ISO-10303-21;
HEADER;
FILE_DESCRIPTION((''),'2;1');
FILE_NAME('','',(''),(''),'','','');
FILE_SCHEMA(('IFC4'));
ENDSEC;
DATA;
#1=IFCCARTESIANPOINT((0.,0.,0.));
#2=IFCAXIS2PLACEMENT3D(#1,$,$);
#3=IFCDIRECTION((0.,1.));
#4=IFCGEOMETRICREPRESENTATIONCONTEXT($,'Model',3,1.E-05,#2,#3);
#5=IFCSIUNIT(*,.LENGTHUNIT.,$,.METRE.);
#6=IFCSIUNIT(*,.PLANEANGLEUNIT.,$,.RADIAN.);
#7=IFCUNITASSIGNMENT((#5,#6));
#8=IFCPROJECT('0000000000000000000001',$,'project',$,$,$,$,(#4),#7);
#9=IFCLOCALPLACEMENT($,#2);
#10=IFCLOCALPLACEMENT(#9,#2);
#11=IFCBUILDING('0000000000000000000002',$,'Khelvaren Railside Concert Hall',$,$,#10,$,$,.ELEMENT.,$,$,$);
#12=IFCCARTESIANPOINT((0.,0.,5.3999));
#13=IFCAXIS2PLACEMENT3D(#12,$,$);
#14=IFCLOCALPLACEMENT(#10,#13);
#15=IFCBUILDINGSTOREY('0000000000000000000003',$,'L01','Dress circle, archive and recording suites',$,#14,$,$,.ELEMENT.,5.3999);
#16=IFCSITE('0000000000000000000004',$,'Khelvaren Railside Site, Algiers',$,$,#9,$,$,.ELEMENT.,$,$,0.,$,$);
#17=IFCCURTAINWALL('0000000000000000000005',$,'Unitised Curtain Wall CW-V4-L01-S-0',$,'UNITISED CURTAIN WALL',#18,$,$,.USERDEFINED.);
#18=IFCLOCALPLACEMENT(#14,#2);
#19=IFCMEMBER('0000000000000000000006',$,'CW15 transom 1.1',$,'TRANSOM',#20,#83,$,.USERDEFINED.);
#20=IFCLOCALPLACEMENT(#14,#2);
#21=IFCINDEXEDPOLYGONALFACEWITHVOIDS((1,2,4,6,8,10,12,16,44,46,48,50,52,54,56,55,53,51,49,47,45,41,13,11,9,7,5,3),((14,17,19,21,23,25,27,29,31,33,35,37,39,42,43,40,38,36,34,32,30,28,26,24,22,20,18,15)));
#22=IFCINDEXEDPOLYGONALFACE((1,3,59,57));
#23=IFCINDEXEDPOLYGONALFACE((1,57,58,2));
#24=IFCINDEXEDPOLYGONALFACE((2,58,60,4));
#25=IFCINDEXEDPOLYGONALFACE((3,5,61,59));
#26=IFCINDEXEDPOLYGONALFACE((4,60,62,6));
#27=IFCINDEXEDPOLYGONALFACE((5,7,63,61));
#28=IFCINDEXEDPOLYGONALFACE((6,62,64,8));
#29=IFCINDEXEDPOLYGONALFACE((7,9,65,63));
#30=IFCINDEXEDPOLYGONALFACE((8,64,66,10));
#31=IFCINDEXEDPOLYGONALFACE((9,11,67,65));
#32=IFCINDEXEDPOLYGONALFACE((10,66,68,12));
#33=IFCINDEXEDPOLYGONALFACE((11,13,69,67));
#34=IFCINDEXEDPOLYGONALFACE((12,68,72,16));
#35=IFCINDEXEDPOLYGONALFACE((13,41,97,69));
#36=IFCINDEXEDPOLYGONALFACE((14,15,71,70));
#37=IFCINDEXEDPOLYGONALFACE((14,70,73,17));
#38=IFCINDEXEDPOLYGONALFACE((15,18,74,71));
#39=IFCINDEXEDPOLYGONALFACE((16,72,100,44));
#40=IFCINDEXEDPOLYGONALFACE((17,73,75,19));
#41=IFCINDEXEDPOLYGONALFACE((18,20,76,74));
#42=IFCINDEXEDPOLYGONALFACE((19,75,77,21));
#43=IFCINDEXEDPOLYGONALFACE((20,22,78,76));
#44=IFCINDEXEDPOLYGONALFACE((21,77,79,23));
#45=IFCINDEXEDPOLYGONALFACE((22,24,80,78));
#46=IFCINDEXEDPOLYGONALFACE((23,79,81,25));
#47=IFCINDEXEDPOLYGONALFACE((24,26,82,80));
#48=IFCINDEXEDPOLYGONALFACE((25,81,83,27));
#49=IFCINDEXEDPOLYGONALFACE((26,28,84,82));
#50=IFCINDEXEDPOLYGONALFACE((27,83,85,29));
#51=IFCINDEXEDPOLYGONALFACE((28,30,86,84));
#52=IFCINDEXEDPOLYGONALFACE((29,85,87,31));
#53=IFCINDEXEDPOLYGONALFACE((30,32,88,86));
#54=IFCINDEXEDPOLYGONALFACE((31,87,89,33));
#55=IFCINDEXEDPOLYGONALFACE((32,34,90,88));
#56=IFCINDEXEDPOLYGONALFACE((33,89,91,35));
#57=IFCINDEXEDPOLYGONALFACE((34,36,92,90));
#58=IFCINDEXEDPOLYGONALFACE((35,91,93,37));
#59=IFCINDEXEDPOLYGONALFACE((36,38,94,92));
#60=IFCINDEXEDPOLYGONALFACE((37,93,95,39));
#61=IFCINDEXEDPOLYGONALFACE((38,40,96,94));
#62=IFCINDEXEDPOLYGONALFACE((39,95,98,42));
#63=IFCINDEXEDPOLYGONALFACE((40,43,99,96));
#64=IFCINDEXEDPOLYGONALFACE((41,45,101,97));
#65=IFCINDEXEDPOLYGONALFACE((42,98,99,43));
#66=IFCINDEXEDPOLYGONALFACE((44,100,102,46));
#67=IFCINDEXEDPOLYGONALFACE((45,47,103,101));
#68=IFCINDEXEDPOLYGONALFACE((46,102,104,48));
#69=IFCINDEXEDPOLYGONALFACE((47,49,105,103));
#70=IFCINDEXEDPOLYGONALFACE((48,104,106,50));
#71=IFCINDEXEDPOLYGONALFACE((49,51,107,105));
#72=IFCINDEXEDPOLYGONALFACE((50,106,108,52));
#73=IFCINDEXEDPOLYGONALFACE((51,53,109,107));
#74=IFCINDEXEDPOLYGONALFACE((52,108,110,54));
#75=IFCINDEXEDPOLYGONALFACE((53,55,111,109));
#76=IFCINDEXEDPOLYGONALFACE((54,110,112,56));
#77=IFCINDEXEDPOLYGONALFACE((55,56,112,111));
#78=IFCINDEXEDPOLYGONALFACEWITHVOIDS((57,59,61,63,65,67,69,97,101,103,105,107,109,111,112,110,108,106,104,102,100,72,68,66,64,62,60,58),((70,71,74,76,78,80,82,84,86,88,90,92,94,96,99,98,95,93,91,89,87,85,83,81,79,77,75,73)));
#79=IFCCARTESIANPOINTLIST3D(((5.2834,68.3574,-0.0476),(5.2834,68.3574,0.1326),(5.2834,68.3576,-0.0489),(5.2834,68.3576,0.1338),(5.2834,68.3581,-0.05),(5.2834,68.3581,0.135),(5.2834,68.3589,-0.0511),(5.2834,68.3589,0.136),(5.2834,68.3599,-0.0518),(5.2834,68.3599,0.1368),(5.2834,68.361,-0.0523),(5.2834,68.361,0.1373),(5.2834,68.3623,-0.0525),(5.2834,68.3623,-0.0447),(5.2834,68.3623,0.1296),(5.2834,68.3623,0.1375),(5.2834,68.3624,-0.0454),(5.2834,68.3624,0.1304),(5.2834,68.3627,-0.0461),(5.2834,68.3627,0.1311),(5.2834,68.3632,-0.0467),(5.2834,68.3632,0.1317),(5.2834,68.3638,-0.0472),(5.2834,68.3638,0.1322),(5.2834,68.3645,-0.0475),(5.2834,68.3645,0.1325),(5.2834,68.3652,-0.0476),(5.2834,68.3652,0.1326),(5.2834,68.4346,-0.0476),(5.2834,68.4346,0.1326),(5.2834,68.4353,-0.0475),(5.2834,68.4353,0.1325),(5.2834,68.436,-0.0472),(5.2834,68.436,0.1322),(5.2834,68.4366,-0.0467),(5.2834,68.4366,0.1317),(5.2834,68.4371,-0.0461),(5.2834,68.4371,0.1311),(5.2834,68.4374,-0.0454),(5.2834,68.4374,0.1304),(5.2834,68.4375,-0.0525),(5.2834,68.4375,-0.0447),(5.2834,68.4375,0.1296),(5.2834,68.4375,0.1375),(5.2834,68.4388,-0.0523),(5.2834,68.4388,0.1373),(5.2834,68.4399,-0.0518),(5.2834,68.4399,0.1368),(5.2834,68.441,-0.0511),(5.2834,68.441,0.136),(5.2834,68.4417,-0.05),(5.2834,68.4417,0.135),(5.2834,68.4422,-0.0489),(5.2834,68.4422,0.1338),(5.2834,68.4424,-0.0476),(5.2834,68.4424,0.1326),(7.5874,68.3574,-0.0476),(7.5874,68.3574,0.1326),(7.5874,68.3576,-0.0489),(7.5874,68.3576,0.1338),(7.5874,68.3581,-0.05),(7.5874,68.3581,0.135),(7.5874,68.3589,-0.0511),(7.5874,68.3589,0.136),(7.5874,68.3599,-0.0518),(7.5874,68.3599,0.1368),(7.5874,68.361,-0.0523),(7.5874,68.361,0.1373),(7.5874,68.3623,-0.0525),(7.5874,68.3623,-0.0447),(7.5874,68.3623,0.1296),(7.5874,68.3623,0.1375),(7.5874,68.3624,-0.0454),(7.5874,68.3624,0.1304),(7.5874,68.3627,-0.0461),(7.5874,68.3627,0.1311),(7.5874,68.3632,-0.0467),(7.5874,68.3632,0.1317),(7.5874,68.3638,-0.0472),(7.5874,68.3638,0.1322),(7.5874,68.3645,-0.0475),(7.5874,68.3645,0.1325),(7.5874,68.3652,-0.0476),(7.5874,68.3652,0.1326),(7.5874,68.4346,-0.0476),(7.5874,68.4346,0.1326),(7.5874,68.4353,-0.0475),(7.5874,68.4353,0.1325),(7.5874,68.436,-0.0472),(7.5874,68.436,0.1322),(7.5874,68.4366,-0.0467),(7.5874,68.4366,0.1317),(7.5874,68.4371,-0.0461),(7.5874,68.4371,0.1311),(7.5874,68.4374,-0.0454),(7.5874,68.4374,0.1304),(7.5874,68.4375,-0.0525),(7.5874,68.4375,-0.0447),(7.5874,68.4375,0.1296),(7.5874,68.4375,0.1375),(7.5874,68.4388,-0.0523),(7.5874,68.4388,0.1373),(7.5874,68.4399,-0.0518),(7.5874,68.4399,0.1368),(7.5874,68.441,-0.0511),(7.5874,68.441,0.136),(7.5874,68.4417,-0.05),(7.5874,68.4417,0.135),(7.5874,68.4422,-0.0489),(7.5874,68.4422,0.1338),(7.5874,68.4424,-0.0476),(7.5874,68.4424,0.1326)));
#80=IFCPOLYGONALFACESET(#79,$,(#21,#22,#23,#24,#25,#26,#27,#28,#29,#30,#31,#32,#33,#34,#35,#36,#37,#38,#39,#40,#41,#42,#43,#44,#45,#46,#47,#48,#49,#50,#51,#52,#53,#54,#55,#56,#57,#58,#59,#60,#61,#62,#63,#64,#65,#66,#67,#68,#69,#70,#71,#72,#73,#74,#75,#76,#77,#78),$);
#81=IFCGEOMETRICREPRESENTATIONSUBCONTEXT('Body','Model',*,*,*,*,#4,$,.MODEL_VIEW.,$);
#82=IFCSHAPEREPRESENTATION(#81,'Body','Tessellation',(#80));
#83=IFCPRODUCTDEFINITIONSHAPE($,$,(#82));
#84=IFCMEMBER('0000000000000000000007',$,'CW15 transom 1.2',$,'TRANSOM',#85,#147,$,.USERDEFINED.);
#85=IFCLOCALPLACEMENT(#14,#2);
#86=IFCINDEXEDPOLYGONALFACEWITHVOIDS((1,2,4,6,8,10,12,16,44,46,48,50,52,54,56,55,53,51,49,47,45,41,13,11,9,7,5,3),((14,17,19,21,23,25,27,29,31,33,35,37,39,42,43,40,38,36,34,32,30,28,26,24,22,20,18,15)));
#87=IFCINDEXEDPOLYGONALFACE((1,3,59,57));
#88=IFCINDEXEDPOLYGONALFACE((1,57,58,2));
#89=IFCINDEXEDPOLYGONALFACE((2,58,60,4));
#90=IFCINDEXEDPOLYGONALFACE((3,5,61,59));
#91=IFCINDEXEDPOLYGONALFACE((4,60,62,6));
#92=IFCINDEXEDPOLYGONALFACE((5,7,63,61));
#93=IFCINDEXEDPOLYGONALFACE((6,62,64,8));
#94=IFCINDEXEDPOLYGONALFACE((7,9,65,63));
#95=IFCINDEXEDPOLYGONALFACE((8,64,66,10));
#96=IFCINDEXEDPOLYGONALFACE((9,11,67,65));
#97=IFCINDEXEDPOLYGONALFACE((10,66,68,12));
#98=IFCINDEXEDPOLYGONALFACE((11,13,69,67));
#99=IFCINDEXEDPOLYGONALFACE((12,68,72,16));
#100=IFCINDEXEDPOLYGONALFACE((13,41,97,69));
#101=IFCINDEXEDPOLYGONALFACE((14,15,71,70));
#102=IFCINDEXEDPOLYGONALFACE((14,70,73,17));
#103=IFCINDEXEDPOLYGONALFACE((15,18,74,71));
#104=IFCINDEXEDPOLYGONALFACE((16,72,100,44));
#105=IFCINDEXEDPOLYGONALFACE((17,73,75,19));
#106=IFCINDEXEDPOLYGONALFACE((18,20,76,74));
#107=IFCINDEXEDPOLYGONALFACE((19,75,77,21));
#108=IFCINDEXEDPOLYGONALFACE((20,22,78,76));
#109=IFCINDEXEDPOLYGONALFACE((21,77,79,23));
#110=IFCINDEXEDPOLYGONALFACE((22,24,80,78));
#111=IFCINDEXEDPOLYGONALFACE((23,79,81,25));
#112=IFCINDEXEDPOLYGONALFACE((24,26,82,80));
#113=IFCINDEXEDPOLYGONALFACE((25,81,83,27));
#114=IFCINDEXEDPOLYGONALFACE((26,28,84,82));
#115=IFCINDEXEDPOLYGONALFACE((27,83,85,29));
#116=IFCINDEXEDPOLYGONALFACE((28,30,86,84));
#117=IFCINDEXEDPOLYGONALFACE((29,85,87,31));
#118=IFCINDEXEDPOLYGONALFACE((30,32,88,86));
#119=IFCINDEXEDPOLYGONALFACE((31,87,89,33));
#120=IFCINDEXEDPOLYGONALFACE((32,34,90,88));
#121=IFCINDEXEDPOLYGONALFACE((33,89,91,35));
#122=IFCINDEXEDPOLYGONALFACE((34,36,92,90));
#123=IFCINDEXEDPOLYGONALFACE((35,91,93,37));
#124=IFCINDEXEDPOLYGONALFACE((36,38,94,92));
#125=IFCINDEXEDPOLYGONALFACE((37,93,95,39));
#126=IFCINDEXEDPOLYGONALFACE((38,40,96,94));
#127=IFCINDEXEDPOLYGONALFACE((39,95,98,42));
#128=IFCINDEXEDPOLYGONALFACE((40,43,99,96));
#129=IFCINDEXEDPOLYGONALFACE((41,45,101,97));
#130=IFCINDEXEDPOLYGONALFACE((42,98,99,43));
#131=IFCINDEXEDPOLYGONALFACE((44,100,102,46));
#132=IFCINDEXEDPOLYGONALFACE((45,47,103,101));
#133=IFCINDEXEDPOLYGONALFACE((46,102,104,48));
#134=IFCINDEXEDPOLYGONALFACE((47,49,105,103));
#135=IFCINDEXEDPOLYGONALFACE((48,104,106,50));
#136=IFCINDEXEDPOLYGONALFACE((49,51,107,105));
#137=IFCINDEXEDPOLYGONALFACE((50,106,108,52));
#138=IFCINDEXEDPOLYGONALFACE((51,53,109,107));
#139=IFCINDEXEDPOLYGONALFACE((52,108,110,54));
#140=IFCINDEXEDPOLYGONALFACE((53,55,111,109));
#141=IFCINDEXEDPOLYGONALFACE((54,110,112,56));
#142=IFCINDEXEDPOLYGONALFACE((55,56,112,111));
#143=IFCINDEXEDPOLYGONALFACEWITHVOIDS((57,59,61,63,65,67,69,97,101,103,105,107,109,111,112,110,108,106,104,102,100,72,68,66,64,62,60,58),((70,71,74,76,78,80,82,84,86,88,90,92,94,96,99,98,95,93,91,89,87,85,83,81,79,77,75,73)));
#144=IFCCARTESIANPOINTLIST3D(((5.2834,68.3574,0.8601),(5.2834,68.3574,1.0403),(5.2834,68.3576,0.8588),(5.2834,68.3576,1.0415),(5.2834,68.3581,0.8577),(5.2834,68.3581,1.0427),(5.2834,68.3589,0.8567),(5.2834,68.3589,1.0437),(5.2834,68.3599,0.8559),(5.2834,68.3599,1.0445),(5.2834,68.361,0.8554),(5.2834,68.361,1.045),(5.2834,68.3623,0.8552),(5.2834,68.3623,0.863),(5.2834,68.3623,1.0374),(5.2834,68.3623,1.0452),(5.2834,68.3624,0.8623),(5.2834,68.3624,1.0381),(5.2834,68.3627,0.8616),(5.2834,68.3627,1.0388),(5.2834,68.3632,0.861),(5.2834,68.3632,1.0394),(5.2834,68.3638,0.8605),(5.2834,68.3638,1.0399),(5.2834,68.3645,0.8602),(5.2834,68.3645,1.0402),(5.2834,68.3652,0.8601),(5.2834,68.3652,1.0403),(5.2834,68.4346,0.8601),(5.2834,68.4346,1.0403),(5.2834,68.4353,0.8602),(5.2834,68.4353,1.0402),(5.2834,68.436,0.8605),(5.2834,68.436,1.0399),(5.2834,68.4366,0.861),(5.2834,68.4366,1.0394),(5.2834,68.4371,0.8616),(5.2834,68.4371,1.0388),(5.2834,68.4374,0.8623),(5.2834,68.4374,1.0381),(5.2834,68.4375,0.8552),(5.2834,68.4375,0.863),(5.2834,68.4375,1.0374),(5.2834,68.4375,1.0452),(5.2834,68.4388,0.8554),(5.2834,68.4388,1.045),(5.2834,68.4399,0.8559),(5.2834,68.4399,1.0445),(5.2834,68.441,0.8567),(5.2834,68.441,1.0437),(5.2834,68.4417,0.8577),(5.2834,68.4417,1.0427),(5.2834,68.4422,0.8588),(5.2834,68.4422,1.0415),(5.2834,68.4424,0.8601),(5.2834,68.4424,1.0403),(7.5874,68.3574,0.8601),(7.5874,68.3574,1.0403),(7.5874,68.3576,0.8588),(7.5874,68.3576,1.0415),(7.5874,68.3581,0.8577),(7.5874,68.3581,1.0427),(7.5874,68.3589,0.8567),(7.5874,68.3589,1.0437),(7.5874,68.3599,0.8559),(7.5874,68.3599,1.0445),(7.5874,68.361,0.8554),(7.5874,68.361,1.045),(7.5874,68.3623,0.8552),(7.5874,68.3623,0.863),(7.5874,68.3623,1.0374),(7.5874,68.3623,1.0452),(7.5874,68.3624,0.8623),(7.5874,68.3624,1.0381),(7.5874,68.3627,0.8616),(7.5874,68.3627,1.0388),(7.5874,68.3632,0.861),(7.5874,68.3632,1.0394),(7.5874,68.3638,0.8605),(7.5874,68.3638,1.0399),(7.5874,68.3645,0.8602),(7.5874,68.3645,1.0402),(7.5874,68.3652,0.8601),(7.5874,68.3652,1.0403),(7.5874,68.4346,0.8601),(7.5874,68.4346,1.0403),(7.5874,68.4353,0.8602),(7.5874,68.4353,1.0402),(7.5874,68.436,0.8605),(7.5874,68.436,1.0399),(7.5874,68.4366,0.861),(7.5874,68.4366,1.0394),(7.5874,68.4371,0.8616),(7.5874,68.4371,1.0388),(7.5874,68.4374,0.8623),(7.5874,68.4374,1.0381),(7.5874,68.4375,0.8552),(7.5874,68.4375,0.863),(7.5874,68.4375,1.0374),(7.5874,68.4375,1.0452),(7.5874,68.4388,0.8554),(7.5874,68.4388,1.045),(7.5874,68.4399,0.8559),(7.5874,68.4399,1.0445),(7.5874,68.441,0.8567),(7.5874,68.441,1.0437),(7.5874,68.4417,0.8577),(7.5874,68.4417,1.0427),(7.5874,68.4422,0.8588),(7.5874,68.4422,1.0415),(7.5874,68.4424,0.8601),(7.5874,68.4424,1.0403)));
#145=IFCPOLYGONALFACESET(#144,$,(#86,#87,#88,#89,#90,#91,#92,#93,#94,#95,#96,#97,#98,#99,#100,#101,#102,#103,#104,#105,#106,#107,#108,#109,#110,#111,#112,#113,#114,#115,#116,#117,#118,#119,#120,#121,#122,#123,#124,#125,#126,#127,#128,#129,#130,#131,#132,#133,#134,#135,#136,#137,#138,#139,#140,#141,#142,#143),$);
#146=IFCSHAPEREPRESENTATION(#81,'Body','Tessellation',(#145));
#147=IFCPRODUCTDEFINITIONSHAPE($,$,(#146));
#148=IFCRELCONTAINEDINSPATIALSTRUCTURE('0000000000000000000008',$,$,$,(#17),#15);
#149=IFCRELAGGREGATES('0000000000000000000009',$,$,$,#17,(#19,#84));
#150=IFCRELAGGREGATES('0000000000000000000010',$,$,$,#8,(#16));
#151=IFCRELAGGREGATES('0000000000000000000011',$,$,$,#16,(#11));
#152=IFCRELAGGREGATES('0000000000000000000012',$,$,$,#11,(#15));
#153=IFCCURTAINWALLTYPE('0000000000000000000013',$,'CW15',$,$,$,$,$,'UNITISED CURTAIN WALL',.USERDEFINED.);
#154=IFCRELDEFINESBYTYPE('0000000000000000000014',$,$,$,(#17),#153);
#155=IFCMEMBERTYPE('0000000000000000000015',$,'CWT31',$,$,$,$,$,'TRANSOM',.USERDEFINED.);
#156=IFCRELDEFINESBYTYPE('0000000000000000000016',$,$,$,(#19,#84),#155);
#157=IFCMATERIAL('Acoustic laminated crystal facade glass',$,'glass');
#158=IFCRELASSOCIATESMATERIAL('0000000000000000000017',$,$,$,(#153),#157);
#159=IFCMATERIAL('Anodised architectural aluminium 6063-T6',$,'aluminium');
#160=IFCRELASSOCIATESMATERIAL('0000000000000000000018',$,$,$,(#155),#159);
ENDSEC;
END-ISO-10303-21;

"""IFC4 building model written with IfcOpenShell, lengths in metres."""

from ifc_helpers import new_model, si_unit, direction, frame, origin, origin_2d, place, context, subcontext, project, spatial, hollow_rectangle, extrude, material, material_profile, profile_set, type_object, element, aggregate, save


model = new_model("IFC4")

# Units and contexts
model_context = context("Model", 3, precision=1e-05, world=origin(), true_north=direction((0.0, 1.0)))
body_context = subcontext(model_context, "Body", "Model", "MODEL_VIEW")
ifc_project = project(units=[si_unit("LENGTHUNIT", "METRE"), si_unit("PLANEANGLEUNIT", "RADIAN")], contexts=[model_context])

# Site, building, storey
site_placement = place(None, origin())
site = spatial("IfcSite", under=ifc_project, at=site_placement, Name="Khelvaren Railside Site, Algiers", CompositionType="ELEMENT", RefElevation=0.0)
building_placement = place(site_placement, origin())
building = spatial("IfcBuilding", under=site, at=building_placement, Name="Khelvaren Railside Concert Hall", CompositionType="ELEMENT")
storey_placement = place(building_placement, frame((0.0, 0.0, 5.3999)))
storey = spatial("IfcBuildingStorey", under=building, at=storey_placement, Name="L01", Description="Dress circle, archive and recording suites", CompositionType="ELEMENT", Elevation=5.3999)

# Curtain wall, members
ifc_material_1 = material(Name="Acoustic laminated crystal facade glass", Category="glass")
curtain_wall_type = type_object("IfcCurtainWallType", Name="CW15", ElementType="UNITISED CURTAIN WALL", PredefinedType="USERDEFINED", material=ifc_material_1)
curtain_wall_placement = place(storey_placement, origin())
curtain_wall = element("IfcCurtainWall", 1, at=curtain_wall_placement, inside=storey, type_object=curtain_wall_type, Name="Unitised Curtain Wall CW-V4-L01-S-0", ObjectType="UNITISED CURTAIN WALL", PredefinedType="USERDEFINED")
ifc_material_2 = material(Name="Anodised architectural aluminium 6063-T6", Category="aluminium")
ifc_material_profile_1 = material_profile(ifc_material_2, hollow_rectangle(XDim=0.085, YDim=0.1899, WallThickness=0.0049, InnerFilletRadius=0.0029, OuterFilletRadius=0.0049, at=origin_2d()), Name="CWT 85x190x5")
ifc_profile_set_1 = profile_set([ifc_material_profile_1], Name="Anodised architectural aluminium 6063-T6")
member_type_1 = type_object("IfcMemberType", Name="CWT31", ElementType="TRANSOM", PredefinedType="USERDEFINED", material=ifc_profile_set_1)
member_1_placement = place(storey_placement, frame((7.5874, 68.3999, 0.0425), z_axis=(-1.0, 0.0, 0.0), x_axis=(0.0, -1.0, 0.0)))
member_1 = element("IfcMember", 2, at=member_1_placement, type_object=member_type_1, Name="CW15 transom 1.1", ObjectType="TRANSOM", PredefinedType="USERDEFINED", context=body_context, shape_type="SweptSolid", body=[
    extrude(hollow_rectangle(XDim=0.085, YDim=0.1899, WallThickness=0.0049, InnerFilletRadius=0.0029, OuterFilletRadius=0.0049, at=origin_2d()), origin(), (0.0, 0.0, 1.0), 2.304),
])
member_2_placement = place(storey_placement, frame((7.5874, 68.3999, 0.9502), z_axis=(-1.0, 0.0, 0.0), x_axis=(0.0, -1.0, 0.0)))
member_2 = element("IfcMember", 3, at=member_2_placement, type_object=member_type_1, Name="CW15 transom 1.2", ObjectType="TRANSOM", PredefinedType="USERDEFINED", context=body_context, shape_type="SweptSolid", body=[
    extrude(hollow_rectangle(XDim=0.085, YDim=0.1899, WallThickness=0.0049, InnerFilletRadius=0.0029, OuterFilletRadius=0.0049, at=origin_2d()), origin(), (0.0, 0.0, 1.0), 2.304),
])

aggregate(curtain_wall, [member_1, member_2])

save(model, "model.ifc")
